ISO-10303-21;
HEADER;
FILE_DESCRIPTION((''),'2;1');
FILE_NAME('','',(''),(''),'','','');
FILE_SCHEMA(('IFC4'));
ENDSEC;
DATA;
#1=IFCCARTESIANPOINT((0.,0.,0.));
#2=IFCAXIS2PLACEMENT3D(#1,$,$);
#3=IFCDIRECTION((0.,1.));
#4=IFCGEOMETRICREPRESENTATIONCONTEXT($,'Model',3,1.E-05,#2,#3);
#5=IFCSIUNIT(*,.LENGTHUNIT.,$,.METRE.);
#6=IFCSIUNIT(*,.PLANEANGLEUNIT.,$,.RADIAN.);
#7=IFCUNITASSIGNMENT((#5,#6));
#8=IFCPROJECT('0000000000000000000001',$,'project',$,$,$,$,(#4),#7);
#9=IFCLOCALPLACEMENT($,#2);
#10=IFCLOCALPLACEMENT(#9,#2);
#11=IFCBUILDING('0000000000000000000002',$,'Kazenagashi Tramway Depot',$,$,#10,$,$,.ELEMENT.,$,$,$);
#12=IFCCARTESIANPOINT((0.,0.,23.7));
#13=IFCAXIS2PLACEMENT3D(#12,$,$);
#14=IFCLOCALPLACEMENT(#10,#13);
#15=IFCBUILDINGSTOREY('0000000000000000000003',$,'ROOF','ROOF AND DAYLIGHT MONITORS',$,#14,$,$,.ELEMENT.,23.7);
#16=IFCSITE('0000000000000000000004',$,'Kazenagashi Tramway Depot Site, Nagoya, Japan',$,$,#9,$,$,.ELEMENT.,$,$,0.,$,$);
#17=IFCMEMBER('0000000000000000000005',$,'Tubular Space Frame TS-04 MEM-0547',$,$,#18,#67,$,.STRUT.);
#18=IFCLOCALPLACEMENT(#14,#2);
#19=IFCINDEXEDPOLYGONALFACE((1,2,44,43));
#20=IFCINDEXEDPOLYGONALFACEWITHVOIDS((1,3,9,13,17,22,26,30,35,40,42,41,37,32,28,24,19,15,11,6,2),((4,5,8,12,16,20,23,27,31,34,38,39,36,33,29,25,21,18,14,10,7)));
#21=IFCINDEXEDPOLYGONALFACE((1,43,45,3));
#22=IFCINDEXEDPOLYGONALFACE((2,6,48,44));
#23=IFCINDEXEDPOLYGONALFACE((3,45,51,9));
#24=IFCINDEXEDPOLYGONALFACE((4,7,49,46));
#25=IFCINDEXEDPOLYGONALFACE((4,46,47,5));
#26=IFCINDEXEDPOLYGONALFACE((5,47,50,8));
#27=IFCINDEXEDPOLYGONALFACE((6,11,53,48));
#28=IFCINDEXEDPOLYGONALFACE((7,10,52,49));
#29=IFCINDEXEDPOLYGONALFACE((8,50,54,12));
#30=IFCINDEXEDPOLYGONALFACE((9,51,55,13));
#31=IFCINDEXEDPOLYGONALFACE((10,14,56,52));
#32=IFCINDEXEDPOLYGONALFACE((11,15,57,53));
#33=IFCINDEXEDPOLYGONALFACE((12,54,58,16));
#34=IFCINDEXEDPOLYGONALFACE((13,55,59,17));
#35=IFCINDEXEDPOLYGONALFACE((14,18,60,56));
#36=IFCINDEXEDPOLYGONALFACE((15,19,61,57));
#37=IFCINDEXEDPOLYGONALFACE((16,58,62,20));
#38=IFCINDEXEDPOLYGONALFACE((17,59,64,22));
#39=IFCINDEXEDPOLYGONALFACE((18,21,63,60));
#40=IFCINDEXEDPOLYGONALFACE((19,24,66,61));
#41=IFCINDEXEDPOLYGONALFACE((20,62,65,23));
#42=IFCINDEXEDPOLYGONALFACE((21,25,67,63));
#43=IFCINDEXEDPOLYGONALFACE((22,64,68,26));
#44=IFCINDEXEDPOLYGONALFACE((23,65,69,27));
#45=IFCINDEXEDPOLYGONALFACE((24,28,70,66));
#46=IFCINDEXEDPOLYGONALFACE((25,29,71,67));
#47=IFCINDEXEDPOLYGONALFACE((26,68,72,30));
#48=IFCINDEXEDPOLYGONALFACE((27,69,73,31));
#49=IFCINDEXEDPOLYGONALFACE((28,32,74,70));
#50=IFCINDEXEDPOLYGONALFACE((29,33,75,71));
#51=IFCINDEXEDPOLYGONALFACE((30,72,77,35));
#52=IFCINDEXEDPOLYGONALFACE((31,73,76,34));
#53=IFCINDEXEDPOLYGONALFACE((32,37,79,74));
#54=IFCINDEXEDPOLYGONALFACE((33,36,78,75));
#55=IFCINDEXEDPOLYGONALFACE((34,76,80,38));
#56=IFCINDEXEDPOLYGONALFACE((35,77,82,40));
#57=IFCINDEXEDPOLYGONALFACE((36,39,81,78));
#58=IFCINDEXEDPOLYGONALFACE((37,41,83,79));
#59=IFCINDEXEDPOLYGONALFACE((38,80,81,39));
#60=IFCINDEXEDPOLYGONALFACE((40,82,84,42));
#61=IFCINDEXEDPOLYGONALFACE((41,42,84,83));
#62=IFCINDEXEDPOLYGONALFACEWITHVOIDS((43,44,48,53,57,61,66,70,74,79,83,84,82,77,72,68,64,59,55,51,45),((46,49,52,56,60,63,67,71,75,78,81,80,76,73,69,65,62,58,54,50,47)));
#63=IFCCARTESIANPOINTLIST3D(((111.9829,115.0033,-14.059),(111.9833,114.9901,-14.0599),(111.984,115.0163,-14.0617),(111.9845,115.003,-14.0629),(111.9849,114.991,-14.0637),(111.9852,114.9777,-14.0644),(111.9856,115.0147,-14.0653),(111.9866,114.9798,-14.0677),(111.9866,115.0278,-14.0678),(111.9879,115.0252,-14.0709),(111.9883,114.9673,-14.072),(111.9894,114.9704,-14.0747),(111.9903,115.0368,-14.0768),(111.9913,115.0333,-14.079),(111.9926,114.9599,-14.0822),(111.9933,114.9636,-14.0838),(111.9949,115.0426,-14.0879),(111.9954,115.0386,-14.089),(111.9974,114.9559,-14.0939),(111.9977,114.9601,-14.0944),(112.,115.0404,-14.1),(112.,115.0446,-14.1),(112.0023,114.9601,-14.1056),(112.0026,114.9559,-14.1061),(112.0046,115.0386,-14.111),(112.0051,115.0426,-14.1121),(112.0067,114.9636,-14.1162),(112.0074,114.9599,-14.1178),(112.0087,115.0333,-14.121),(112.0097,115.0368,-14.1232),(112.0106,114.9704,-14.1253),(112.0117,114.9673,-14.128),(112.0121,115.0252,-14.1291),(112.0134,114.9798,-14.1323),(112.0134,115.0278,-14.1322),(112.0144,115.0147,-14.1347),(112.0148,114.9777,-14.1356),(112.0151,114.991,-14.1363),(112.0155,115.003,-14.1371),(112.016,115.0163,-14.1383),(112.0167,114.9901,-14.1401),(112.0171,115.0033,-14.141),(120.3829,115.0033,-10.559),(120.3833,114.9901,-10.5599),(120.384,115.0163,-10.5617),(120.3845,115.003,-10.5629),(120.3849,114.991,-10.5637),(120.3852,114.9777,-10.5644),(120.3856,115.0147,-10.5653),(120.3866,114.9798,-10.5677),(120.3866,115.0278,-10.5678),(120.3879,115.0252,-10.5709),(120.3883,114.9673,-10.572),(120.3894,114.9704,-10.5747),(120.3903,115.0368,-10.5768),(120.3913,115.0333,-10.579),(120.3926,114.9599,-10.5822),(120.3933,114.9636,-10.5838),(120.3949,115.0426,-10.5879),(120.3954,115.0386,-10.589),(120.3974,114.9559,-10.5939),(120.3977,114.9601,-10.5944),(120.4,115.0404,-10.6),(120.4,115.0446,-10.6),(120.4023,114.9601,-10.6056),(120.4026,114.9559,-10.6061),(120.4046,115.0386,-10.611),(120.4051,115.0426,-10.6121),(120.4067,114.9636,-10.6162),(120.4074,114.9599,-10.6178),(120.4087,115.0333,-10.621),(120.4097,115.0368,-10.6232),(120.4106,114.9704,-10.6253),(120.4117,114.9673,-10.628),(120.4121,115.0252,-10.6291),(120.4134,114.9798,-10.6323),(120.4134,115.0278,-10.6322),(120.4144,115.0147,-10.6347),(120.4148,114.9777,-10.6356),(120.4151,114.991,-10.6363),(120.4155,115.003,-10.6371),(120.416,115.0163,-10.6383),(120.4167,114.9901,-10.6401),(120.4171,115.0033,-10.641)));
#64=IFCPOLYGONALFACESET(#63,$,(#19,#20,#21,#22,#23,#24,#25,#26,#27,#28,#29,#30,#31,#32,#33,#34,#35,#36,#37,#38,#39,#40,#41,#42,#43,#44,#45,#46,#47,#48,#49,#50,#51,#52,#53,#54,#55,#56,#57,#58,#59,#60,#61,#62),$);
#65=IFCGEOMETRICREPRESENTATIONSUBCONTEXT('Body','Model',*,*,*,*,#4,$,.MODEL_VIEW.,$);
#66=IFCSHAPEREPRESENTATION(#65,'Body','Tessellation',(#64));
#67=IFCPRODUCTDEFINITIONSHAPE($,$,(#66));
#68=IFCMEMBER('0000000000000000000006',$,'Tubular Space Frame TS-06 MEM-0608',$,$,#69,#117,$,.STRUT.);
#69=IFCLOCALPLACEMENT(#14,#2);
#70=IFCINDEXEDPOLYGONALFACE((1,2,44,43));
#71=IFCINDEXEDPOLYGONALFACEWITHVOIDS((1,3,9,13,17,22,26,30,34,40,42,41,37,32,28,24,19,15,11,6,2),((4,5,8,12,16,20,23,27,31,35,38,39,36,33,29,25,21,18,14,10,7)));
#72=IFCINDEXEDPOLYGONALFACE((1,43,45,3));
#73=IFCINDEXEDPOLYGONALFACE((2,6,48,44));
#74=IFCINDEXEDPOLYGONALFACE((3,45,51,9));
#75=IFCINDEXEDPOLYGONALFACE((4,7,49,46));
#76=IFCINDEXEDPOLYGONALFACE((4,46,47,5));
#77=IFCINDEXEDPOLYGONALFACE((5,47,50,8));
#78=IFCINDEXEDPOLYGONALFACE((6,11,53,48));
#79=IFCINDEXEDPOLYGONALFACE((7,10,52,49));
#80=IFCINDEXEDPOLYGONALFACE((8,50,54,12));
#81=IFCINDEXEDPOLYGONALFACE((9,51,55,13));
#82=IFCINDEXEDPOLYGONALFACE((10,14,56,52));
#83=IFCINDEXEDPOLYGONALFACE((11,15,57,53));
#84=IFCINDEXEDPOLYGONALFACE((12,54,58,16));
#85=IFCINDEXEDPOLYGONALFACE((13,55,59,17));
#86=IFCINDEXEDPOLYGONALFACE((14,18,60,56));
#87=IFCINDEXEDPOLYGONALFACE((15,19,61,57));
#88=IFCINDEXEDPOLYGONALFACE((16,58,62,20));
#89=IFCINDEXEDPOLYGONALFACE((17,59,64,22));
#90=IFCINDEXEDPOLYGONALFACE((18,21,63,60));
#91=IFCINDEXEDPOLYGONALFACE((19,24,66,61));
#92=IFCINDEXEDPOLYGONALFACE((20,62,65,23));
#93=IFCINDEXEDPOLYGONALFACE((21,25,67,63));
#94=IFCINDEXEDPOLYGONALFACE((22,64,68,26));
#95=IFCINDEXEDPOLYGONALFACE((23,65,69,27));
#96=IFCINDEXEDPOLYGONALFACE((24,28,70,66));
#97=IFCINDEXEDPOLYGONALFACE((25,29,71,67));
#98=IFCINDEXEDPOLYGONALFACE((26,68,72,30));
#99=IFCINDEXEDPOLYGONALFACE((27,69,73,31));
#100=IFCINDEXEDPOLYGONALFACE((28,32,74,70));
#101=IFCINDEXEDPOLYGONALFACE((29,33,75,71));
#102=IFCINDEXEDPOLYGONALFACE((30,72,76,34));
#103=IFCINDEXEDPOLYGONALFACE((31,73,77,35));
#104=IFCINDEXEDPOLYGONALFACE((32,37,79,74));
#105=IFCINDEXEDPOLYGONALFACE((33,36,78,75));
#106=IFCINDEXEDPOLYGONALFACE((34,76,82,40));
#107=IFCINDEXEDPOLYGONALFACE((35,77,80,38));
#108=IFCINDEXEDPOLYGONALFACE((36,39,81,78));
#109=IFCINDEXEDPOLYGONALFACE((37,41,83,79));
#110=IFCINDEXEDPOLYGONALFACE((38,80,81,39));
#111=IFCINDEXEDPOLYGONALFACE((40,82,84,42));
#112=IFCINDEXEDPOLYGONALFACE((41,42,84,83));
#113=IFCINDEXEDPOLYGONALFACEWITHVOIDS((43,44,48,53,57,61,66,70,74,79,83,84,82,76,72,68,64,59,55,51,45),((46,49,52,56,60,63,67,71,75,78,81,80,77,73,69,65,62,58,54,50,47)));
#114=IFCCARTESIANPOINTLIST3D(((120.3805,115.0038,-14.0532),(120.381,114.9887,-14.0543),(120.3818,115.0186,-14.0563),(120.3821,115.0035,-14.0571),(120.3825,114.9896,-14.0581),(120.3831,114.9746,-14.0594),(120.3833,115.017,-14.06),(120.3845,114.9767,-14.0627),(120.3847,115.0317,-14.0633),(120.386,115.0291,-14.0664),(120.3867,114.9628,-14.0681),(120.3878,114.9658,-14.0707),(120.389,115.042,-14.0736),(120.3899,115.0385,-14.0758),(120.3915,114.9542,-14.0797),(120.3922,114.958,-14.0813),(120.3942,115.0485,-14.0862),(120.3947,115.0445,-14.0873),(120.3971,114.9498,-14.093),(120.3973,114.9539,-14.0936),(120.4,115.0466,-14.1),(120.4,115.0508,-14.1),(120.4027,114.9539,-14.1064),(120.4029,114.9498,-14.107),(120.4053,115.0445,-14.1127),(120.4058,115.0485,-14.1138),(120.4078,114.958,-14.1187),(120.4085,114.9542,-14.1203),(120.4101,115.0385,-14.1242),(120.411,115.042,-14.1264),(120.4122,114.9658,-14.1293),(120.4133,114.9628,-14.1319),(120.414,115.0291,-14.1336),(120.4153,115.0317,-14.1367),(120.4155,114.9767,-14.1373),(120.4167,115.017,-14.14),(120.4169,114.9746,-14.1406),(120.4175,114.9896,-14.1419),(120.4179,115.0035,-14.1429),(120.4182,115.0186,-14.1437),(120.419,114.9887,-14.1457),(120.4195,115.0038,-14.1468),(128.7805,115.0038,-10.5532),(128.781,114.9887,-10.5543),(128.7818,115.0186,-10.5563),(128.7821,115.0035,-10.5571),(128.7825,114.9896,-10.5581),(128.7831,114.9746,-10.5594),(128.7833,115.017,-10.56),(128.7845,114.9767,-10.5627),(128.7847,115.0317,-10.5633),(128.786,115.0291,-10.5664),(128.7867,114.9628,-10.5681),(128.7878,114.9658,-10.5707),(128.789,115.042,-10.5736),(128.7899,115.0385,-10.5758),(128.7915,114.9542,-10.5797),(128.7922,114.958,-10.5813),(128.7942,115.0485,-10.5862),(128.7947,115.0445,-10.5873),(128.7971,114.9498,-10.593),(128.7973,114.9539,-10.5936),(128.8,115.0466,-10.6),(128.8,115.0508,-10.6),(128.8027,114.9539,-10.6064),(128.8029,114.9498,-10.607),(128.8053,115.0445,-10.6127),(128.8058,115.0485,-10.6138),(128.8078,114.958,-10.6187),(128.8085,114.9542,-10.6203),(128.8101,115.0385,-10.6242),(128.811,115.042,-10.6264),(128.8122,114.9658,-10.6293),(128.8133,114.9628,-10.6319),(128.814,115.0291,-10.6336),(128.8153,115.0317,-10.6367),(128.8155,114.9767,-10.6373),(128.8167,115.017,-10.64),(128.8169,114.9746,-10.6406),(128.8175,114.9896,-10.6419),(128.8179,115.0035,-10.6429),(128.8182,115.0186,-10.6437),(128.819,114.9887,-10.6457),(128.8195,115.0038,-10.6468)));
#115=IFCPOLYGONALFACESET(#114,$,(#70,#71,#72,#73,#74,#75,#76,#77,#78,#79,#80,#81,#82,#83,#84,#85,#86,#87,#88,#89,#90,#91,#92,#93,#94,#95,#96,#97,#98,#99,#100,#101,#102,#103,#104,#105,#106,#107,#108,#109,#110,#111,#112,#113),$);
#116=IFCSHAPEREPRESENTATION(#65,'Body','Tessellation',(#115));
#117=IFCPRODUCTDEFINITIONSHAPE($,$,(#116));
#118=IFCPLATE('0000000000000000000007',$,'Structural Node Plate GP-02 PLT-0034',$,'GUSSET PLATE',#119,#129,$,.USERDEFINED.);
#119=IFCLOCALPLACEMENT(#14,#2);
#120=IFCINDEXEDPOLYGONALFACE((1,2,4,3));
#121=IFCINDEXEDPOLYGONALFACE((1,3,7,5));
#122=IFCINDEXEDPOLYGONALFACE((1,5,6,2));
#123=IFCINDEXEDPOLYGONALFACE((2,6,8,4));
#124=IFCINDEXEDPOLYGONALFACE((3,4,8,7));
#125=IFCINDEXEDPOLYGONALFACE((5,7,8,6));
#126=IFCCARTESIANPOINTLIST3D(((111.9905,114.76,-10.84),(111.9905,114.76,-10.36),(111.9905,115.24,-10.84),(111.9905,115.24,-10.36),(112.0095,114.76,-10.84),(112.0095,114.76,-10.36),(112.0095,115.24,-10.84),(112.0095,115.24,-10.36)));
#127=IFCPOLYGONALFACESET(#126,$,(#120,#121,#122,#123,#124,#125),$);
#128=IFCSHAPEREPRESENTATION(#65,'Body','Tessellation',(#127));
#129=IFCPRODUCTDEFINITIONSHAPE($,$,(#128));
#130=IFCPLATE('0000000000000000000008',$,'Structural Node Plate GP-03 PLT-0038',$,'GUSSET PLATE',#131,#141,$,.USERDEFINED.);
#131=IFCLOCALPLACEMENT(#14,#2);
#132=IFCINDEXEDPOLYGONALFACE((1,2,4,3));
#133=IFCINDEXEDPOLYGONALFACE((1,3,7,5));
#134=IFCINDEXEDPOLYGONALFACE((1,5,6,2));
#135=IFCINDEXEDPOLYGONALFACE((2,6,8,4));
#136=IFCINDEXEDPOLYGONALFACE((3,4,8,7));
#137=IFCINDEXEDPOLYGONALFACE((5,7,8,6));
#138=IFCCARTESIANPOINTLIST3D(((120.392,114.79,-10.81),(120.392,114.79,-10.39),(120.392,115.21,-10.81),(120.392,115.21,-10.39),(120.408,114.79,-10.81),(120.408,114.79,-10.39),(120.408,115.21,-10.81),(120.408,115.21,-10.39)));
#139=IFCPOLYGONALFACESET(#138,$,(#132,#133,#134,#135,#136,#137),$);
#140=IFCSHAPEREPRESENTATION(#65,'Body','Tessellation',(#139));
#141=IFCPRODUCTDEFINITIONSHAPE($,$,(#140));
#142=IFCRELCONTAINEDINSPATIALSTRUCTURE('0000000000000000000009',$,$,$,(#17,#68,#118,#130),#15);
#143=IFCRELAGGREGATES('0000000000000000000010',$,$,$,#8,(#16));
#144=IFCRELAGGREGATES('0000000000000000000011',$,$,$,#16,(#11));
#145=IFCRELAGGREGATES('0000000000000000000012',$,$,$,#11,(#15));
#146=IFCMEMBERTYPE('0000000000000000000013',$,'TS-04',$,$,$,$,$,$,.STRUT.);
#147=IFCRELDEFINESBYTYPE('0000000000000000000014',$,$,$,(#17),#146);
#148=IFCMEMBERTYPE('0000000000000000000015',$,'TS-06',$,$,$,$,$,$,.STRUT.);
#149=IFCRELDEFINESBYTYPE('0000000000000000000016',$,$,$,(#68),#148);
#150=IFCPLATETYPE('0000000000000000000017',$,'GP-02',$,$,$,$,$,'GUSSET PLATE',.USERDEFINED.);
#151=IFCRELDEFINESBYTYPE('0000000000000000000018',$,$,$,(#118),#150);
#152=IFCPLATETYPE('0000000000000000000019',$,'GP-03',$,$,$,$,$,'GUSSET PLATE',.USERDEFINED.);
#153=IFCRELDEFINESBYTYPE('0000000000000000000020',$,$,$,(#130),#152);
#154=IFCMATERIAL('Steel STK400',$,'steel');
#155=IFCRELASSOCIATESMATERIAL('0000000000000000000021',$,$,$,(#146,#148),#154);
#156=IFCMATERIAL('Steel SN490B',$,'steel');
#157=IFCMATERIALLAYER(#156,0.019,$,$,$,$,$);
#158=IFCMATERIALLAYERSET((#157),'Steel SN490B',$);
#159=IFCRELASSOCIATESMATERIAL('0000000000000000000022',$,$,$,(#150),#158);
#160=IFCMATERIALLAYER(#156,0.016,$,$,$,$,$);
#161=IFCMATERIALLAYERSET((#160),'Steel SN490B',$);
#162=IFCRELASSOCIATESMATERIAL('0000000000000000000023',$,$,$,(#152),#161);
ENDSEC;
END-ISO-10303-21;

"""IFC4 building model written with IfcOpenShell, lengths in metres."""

from ifc_helpers import new_model, si_unit, direction, frame, origin, origin_2d, place, context, subcontext, project, spatial, rectangle, hollow_circle, extrude, material, layer, layer_set, material_profile, profile_set, type_object, element, save


model = new_model("IFC4")

# Units and contexts
model_context = context("Model", 3, precision=1e-05, world=origin(), true_north=direction((0.0, 1.0)))
body_context = subcontext(model_context, "Body", "Model", "MODEL_VIEW")
ifc_project = project(units=[si_unit("LENGTHUNIT", "METRE"), si_unit("PLANEANGLEUNIT", "RADIAN")], contexts=[model_context])

# Site, building, storey
site_placement = place(None, origin())
site = spatial("IfcSite", under=ifc_project, at=site_placement, Name="Kazenagashi Tramway Depot Site, Nagoya, Japan", CompositionType="ELEMENT", RefElevation=0.0)
building_placement = place(site_placement, origin())
building = spatial("IfcBuilding", under=site, at=building_placement, Name="Kazenagashi Tramway Depot", CompositionType="ELEMENT")
storey_placement = place(building_placement, frame((0.0, 0.0, 23.7)))
storey = spatial("IfcBuildingStorey", under=building, at=storey_placement, Name="ROOF", Description="ROOF AND DAYLIGHT MONITORS", CompositionType="ELEMENT", Elevation=23.7)

# Members
ifc_material_1 = material(Name="Steel STK400", Category="steel")
ifc_material_profile_1 = material_profile(ifc_material_1, hollow_circle(Radius=0.0445, WallThickness=0.0042, at=origin_2d()), Name="CHS-89.1x4.2")
ifc_profile_set_1 = profile_set([ifc_material_profile_1], Name="Steel STK400")
member_type_1 = type_object("IfcMemberType", Name="TS-04", PredefinedType="STRUT", material=ifc_profile_set_1)
member_1_placement = place(storey_placement, frame((112.0, 115.0, -14.1), z_axis=(0.923077, 0.0, 0.384615), x_axis=(0.0, 1.0, 0.0)))
element("IfcMember", 1, at=member_1_placement, inside=storey, type_object=member_type_1, Name="Tubular Space Frame TS-04 MEM-0547", PredefinedType="STRUT", context=body_context, shape_type="SweptSolid", body=[
    extrude(hollow_circle(Radius=0.0445, WallThickness=0.0042, at=origin_2d()), origin(), (0.0, 0.0, 1.0), 9.1),
])
ifc_material_profile_2 = material_profile(ifc_material_1, hollow_circle(Radius=0.0508, WallThickness=0.0042, at=origin_2d()), Name="CHS-101.6x4.2")
ifc_profile_set_2 = profile_set([ifc_material_profile_2], Name="Steel STK400")
member_type_2 = type_object("IfcMemberType", Name="TS-06", PredefinedType="STRUT", material=ifc_profile_set_2)
member_2_placement = place(storey_placement, frame((120.4, 115.0, -14.1), z_axis=(0.923077, 0.0, 0.384615), x_axis=(0.0, 1.0, 0.0)))
element("IfcMember", 2, at=member_2_placement, inside=storey, type_object=member_type_2, Name="Tubular Space Frame TS-06 MEM-0608", PredefinedType="STRUT", context=body_context, shape_type="SweptSolid", body=[
    extrude(hollow_circle(Radius=0.0508, WallThickness=0.0042, at=origin_2d()), origin(), (0.0, 0.0, 1.0), 9.1),
])

# Plates
ifc_material_2 = material(Name="Steel SN490B", Category="steel")
ifc_layer_1 = layer(ifc_material_2, 0.019)
ifc_layer_set_1 = layer_set([ifc_layer_1], Name="Steel SN490B")
plate_type_1 = type_object("IfcPlateType", Name="GP-02", ElementType="GUSSET PLATE", PredefinedType="USERDEFINED", material=ifc_layer_set_1)
plate_1_placement = place(storey_placement, frame((112.0, 115.0, -10.84), z_axis=(0.0, 0.0, 1.0), x_axis=(0.0, 1.0, 0.0)))
element("IfcPlate", 3, at=plate_1_placement, inside=storey, type_object=plate_type_1, Name="Structural Node Plate GP-02 PLT-0034", ObjectType="GUSSET PLATE", PredefinedType="USERDEFINED", context=body_context, shape_type="SweptSolid", body=[
    extrude(rectangle(XDim=0.48, YDim=0.019, at=origin_2d()), origin(), (0.0, 0.0, 1.0), 0.48),
])
ifc_layer_2 = layer(ifc_material_2, 0.016)
ifc_layer_set_2 = layer_set([ifc_layer_2], Name="Steel SN490B")
plate_type_2 = type_object("IfcPlateType", Name="GP-03", ElementType="GUSSET PLATE", PredefinedType="USERDEFINED", material=ifc_layer_set_2)
plate_2_placement = place(storey_placement, frame((120.4, 115.0, -10.81), z_axis=(0.0, 0.0, 1.0), x_axis=(0.0, 1.0, 0.0)))
element("IfcPlate", 4, at=plate_2_placement, inside=storey, type_object=plate_type_2, Name="Structural Node Plate GP-03 PLT-0038", ObjectType="GUSSET PLATE", PredefinedType="USERDEFINED", context=body_context, shape_type="SweptSolid", body=[
    extrude(rectangle(XDim=0.42, YDim=0.016, at=origin_2d()), origin(), (0.0, 0.0, 1.0), 0.42),
])

save(model, "model.ifc")
